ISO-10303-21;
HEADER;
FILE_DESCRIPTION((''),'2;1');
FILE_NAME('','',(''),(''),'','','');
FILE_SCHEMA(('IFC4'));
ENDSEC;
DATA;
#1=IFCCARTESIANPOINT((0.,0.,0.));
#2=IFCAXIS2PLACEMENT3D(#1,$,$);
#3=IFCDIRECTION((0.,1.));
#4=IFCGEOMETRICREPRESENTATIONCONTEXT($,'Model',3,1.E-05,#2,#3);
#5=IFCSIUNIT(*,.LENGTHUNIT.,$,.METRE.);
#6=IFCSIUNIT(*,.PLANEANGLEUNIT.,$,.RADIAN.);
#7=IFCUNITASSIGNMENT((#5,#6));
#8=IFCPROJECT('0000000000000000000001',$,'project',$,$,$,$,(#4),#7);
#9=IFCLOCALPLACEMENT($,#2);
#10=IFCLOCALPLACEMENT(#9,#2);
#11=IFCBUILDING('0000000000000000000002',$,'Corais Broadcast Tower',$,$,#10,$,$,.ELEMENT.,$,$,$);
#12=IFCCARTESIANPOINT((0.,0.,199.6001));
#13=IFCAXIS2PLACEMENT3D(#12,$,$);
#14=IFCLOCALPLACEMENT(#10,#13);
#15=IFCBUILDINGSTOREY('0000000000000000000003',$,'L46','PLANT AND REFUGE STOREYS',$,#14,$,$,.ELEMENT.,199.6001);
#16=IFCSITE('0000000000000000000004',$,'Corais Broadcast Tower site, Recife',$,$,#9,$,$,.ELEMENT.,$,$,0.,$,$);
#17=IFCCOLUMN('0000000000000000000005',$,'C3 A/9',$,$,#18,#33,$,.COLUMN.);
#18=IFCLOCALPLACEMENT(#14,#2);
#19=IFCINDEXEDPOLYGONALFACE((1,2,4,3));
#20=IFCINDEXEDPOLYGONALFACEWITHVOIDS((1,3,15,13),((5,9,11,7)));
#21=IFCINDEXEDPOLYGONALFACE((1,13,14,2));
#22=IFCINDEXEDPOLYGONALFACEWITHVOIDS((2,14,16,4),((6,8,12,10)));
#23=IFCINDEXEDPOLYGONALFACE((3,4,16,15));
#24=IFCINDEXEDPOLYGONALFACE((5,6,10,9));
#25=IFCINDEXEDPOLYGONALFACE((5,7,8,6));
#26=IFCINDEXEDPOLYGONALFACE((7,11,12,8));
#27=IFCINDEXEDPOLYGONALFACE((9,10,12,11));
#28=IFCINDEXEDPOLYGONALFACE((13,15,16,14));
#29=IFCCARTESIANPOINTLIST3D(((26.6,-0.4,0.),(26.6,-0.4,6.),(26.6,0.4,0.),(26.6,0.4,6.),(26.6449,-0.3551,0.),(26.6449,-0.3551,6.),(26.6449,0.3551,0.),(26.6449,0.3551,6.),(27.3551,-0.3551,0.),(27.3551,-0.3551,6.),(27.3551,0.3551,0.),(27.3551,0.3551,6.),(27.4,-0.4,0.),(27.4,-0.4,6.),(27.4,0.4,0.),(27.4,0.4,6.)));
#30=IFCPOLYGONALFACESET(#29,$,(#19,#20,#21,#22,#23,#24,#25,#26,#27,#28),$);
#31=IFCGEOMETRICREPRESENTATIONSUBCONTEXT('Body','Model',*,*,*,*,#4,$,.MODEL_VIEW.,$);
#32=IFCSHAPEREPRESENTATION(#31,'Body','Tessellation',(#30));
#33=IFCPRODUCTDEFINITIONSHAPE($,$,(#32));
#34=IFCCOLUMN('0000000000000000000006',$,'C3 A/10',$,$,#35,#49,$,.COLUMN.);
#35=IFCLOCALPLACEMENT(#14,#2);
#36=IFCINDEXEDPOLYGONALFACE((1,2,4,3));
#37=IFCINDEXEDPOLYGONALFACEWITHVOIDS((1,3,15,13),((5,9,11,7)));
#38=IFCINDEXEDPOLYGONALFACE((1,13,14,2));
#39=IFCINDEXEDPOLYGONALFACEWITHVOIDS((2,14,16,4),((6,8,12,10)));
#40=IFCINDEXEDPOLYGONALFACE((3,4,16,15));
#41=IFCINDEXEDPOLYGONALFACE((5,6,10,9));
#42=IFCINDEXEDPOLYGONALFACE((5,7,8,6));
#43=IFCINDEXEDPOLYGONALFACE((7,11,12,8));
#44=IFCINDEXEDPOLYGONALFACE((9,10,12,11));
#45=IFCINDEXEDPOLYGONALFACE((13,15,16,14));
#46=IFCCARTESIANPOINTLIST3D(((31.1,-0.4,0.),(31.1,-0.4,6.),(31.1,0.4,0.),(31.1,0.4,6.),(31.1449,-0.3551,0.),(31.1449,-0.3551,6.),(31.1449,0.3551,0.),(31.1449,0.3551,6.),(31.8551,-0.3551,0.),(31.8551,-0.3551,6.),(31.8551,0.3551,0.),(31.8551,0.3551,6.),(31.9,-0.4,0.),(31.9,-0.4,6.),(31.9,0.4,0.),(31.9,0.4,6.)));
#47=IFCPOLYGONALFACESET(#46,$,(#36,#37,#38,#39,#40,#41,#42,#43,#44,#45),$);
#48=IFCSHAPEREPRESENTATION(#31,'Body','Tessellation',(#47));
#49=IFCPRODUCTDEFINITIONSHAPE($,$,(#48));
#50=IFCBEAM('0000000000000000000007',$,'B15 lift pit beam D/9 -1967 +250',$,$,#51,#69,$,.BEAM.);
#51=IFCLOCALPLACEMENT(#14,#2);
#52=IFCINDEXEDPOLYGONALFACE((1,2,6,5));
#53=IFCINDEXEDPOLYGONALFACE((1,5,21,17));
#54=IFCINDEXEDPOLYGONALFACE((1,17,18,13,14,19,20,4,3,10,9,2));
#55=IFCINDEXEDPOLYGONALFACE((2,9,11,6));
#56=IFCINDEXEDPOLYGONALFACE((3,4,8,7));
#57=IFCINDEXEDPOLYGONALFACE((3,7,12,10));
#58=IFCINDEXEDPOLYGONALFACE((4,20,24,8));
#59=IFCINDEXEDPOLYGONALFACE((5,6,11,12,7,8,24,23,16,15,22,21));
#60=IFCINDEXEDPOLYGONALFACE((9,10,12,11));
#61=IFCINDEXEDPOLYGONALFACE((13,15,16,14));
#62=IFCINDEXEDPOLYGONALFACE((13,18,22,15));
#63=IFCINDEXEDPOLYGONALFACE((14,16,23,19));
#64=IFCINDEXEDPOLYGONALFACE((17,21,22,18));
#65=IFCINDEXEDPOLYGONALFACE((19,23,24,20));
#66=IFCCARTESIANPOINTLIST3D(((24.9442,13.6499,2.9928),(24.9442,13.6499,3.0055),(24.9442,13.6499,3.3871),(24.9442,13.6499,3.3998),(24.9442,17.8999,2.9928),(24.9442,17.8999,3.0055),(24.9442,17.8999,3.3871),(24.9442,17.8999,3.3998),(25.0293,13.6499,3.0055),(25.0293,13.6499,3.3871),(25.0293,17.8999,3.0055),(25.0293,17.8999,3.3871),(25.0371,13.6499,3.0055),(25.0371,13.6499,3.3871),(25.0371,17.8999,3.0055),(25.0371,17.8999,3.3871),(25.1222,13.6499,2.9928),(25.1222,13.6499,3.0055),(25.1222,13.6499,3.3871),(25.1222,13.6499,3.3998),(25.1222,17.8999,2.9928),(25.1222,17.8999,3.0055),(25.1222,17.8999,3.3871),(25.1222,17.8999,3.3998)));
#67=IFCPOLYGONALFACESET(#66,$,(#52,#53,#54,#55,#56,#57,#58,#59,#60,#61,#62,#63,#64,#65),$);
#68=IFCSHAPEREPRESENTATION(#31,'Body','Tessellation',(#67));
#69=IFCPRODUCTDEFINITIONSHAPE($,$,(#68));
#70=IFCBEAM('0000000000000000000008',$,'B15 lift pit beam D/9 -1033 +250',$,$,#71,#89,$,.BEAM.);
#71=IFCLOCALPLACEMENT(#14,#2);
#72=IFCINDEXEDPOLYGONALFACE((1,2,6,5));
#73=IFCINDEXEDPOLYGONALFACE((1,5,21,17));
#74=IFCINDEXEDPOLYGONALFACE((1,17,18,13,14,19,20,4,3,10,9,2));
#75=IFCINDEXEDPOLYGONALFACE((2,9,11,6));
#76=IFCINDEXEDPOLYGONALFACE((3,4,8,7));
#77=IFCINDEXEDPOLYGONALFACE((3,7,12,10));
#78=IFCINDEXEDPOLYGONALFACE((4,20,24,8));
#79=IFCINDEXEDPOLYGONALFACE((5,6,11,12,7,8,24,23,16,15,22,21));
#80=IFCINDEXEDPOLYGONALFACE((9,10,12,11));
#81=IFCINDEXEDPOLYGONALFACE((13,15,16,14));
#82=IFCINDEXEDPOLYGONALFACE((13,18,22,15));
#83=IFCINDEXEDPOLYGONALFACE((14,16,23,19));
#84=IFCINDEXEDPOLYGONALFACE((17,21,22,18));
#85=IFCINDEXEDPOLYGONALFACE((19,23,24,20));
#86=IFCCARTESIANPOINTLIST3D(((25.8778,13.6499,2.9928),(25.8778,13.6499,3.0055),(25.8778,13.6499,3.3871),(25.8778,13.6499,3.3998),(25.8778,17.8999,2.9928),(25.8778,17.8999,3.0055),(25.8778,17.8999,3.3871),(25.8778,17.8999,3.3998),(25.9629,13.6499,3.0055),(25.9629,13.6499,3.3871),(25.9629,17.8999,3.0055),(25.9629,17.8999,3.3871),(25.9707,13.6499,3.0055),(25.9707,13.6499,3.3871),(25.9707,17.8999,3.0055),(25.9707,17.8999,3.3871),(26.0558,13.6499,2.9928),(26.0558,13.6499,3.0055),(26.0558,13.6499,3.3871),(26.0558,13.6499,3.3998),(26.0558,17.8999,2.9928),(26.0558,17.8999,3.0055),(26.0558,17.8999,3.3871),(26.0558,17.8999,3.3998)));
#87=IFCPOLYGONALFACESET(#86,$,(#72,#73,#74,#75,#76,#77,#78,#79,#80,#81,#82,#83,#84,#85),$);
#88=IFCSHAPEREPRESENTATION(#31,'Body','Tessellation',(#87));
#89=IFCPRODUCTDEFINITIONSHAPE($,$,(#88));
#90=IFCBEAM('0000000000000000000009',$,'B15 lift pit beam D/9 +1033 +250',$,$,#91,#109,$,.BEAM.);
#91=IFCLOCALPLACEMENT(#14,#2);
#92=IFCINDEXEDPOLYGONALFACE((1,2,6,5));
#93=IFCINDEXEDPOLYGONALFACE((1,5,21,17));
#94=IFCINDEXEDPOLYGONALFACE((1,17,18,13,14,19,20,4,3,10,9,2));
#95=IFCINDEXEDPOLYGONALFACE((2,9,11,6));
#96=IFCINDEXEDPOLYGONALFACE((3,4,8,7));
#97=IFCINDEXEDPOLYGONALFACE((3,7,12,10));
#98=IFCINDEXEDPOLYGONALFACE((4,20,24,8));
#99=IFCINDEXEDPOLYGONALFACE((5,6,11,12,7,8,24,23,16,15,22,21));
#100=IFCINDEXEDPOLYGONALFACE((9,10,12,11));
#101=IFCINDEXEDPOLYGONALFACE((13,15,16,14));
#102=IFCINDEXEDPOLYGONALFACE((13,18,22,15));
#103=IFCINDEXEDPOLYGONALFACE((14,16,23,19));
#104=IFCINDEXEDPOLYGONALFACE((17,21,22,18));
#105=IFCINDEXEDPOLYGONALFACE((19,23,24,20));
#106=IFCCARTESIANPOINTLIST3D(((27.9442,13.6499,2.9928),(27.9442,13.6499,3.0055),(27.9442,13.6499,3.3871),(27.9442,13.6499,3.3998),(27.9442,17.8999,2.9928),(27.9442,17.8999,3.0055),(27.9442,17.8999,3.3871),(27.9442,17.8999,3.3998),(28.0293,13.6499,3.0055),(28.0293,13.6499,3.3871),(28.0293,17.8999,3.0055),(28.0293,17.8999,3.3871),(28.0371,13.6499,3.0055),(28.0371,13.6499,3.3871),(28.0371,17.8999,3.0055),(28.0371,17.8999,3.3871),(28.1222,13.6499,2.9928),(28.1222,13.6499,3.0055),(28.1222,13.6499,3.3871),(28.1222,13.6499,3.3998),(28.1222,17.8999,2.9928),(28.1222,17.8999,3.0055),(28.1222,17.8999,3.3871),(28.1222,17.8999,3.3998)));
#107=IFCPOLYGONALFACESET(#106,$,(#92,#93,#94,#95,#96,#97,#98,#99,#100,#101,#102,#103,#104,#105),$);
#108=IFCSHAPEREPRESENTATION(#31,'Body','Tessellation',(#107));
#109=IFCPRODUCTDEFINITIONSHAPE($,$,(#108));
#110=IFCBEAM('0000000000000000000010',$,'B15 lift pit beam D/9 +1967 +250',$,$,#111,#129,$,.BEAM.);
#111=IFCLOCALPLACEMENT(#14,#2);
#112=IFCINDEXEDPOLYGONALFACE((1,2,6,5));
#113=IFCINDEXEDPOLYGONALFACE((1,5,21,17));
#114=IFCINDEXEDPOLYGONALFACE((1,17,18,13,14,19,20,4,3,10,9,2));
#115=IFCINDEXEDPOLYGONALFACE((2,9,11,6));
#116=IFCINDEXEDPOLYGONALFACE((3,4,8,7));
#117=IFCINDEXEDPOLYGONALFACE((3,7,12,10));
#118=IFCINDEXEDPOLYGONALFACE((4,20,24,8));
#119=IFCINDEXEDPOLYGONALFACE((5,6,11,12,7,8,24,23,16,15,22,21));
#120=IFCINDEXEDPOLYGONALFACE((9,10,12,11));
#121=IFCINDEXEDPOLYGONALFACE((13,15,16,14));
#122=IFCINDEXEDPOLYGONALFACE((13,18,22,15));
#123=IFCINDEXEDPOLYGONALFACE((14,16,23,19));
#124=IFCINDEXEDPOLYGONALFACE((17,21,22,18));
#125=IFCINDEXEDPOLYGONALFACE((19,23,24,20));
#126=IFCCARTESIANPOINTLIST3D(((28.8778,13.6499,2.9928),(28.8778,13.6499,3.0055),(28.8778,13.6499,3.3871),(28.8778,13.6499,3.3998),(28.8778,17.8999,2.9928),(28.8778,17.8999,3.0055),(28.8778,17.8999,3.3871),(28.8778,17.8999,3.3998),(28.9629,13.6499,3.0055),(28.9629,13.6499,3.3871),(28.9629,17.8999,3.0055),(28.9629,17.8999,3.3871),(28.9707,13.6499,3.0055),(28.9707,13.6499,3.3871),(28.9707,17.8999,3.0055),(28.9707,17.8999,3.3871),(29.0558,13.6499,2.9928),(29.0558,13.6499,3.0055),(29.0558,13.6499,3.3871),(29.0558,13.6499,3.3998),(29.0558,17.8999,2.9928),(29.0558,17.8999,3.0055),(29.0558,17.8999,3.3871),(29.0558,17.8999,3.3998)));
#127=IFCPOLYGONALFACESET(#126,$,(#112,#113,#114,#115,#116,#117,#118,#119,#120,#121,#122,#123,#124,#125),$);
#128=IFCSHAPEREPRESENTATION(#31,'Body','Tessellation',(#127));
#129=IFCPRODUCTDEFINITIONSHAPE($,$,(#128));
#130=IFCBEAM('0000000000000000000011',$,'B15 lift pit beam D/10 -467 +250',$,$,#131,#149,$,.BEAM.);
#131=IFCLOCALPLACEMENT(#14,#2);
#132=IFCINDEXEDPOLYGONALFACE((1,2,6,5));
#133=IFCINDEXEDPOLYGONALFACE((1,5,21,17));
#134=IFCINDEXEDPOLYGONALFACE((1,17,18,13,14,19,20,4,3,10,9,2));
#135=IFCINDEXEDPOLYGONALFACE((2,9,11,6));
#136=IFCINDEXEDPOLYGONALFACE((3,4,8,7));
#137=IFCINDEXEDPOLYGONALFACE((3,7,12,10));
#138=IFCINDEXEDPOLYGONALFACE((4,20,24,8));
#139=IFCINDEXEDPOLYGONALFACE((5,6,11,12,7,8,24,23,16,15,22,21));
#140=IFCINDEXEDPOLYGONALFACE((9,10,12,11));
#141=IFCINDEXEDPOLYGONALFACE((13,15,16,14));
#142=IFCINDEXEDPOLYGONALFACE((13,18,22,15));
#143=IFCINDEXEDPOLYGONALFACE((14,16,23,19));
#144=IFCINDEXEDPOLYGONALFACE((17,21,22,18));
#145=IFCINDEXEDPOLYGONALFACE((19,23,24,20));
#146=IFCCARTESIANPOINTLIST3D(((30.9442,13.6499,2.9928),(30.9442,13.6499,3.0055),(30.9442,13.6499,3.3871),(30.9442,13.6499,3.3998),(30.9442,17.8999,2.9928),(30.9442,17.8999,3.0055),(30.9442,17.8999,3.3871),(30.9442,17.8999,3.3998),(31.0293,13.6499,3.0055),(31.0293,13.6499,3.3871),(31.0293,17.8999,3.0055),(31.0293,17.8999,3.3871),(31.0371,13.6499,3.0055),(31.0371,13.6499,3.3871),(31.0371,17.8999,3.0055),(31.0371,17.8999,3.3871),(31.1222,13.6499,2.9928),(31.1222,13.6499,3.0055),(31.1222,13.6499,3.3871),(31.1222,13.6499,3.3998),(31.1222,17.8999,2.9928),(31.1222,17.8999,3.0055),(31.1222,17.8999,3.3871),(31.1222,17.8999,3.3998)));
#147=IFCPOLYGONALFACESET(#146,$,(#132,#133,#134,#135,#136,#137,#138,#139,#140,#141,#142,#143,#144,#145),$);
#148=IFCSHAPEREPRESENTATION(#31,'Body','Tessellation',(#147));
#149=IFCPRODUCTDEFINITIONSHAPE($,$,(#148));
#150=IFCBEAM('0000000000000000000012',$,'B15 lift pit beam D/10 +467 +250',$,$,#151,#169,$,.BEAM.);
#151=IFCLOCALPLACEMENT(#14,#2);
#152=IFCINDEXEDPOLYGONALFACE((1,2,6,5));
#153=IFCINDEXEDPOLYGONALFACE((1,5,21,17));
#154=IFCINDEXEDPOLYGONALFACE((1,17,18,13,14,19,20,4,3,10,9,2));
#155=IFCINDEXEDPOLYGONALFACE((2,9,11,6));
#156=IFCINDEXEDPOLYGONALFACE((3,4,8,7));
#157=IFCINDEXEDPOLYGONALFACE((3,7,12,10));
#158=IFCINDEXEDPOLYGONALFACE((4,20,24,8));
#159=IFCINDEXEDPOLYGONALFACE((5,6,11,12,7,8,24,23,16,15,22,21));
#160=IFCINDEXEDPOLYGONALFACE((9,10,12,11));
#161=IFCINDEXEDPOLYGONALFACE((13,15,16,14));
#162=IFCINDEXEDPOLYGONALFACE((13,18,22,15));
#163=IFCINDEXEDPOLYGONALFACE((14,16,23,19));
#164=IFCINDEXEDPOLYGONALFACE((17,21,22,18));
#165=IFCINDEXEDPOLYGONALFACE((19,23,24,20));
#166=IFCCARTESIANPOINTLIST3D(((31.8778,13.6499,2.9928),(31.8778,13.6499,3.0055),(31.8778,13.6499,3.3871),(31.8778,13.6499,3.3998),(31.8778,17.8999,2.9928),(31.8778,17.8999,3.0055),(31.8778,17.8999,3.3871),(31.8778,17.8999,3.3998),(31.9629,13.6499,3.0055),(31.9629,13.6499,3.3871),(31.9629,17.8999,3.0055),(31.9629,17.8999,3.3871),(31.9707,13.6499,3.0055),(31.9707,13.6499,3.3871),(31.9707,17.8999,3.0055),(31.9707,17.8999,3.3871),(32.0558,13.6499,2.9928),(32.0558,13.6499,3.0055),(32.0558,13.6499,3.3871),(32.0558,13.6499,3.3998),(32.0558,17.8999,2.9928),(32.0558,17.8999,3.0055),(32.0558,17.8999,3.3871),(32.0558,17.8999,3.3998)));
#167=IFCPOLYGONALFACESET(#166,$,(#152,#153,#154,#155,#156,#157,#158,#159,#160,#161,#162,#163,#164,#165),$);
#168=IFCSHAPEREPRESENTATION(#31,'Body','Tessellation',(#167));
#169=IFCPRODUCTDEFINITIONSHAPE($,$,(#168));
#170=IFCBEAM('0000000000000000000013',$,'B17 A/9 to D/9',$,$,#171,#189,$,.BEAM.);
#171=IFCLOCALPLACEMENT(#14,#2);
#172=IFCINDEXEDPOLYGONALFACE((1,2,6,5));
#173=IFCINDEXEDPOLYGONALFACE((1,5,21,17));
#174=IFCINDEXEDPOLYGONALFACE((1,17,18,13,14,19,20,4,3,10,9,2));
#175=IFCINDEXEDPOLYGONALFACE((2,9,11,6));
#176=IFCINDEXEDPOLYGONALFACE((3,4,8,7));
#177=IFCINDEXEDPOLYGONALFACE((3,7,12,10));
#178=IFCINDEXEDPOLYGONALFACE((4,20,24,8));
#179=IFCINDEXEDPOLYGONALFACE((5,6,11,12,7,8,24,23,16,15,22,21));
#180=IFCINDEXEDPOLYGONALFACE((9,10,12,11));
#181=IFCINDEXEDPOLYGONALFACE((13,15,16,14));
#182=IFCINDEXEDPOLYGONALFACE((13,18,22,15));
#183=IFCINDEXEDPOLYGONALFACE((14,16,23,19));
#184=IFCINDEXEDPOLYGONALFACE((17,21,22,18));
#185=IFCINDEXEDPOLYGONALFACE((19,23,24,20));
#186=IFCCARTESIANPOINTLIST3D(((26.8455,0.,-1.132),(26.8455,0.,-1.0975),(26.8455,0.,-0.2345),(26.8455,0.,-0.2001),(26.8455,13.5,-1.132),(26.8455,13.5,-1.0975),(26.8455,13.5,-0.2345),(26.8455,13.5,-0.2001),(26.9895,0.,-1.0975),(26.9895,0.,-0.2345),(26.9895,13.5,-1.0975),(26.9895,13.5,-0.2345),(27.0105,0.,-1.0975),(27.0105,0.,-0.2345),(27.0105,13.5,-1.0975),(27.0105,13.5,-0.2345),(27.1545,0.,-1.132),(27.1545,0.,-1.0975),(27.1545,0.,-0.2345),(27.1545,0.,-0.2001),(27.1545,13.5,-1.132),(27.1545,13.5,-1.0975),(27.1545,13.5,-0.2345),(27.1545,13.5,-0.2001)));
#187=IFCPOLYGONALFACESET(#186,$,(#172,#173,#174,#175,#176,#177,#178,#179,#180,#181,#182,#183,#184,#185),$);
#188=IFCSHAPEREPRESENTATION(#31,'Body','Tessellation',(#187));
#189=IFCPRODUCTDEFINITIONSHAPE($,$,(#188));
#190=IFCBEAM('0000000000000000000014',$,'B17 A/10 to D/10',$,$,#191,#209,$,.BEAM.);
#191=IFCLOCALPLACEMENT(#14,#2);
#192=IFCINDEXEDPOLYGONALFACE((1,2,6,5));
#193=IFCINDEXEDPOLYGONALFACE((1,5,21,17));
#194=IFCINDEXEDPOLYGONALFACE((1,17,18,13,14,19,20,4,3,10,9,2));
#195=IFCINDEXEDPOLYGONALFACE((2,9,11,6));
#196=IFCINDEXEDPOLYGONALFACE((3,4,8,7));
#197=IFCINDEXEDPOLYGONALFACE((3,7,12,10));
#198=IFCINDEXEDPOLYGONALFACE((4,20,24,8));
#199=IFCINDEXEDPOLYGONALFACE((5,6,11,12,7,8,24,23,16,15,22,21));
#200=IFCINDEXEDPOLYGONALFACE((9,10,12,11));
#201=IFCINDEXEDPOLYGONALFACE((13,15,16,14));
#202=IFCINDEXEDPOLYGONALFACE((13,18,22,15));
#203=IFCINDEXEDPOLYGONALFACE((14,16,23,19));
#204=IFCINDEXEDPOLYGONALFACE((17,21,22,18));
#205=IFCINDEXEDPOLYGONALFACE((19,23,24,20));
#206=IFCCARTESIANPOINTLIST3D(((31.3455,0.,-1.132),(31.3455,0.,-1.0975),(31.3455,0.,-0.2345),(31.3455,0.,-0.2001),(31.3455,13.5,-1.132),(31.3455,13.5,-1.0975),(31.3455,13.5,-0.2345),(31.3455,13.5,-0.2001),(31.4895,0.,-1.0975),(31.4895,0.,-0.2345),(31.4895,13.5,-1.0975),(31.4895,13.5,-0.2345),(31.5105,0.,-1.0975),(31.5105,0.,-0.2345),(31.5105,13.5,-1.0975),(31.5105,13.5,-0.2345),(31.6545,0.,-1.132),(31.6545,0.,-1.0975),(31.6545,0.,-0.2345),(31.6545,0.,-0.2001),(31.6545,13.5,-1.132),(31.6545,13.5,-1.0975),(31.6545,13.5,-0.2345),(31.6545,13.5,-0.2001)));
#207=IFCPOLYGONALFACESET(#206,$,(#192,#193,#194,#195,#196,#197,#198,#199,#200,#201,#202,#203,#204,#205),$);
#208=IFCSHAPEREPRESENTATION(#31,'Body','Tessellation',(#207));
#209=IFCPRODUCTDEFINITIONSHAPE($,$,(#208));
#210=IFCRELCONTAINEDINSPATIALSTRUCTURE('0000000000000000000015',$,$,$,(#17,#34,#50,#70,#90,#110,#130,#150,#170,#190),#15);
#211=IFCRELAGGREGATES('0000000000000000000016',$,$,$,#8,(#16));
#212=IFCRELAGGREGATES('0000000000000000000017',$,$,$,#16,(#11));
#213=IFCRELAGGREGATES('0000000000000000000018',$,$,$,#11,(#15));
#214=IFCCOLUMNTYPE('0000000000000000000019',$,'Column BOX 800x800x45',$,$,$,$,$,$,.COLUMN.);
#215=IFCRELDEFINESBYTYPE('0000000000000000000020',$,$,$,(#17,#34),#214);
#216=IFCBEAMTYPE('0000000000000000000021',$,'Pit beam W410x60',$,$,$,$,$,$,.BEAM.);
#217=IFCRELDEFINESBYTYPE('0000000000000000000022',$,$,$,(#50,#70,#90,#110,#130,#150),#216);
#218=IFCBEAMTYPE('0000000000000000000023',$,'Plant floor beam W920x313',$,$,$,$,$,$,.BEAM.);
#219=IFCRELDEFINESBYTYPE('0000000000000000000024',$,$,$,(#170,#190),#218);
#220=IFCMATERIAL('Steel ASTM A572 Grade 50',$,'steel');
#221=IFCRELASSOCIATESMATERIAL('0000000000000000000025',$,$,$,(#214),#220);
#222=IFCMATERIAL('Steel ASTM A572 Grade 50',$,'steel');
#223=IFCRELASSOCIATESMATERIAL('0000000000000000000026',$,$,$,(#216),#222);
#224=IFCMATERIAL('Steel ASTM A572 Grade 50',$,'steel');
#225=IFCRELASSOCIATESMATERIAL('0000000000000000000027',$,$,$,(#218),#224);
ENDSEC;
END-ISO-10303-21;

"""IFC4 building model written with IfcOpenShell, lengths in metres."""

from ifc_helpers import new_model, si_unit, direction, frame, origin, origin_2d, place, context, subcontext, project, spatial, hollow_rectangle, i_section, extrude, material, material_profile, profile_set, type_object, element, save


model = new_model("IFC4")

# Units and contexts
model_context = context("Model", 3, precision=1e-05, world=origin(), true_north=direction((0.0, 1.0)))
body_context = subcontext(model_context, "Body", "Model", "MODEL_VIEW")
ifc_project = project(units=[si_unit("LENGTHUNIT", "METRE"), si_unit("PLANEANGLEUNIT", "RADIAN")], contexts=[model_context])

# Site, building, storey
site_placement = place(None, origin())
site = spatial("IfcSite", under=ifc_project, at=site_placement, Name="Corais Broadcast Tower site, Recife", CompositionType="ELEMENT", RefElevation=0.0)
building_placement = place(site_placement, origin())
building = spatial("IfcBuilding", under=site, at=building_placement, Name="Corais Broadcast Tower", CompositionType="ELEMENT")
storey_placement = place(building_placement, frame((0.0, 0.0, 199.6001)))
storey = spatial("IfcBuildingStorey", under=building, at=storey_placement, Name="L46", Description="PLANT AND REFUGE STOREYS", CompositionType="ELEMENT", Elevation=199.6001)

# Columns
ifc_material_1 = material(Name="Steel ASTM A572 Grade 50", Category="steel")
ifc_material_profile_1 = material_profile(ifc_material_1, hollow_rectangle(XDim=0.8, YDim=0.8, WallThickness=0.0449, at=origin_2d()), Name="BOX 800x800x45")
ifc_profile_set_1 = profile_set([ifc_material_profile_1], Name="Steel ASTM A572 Grade 50")
column_type = type_object("IfcColumnType", Name="Column BOX 800x800x45", PredefinedType="COLUMN", material=ifc_profile_set_1)
for number, where, z_axis, x_axis, name in (
    (1, (27.0, 0.0, 0.0), (0.0, 0.0, 1.0), (1.0, 0.0, 0.0), "C3 A/9"),
    (2, (31.5, 0.0, 0.0), (0.0, 0.0, 1.0), (1.0, 0.0, 0.0), "C3 A/10"),
):
    element("IfcColumn", number, at=place(storey_placement, frame(where, z_axis=z_axis, x_axis=x_axis)), inside=storey, type_object=column_type, Name=name, PredefinedType="COLUMN", context=body_context, shape_type="SweptSolid", body=[
        extrude(hollow_rectangle(XDim=0.8, YDim=0.8, WallThickness=0.0449, at=origin_2d()), origin(), (0.0, 0.0, 1.0), 6.0),
    ])

# Beams
ifc_material_2 = material(Name="Steel ASTM A572 Grade 50", Category="steel")
ifc_material_profile_2 = material_profile(ifc_material_2, i_section(OverallWidth=0.178, OverallDepth=0.407, WebThickness=0.0078, FlangeThickness=0.0127, at=origin_2d()), Name="W410x60")
ifc_profile_set_2 = profile_set([ifc_material_profile_2], Name="Steel ASTM A572 Grade 50")
beam_type_1 = type_object("IfcBeamType", Name="Pit beam W410x60", PredefinedType="BEAM", material=ifc_profile_set_2)
for number, where, z_axis, x_axis, name in (
    (3, (25.0332, 13.6499, 3.1963), (0.0, 1.0, 0.0), (-1.0, 0.0, 0.0), "B15 lift pit beam D/9 -1967 +250"),
    (4, (25.9668, 13.6499, 3.1963), (0.0, 1.0, 0.0), (-1.0, 0.0, 0.0), "B15 lift pit beam D/9 -1033 +250"),
    (5, (28.0332, 13.6499, 3.1963), (0.0, 1.0, 0.0), (-1.0, 0.0, 0.0), "B15 lift pit beam D/9 +1033 +250"),
    (6, (28.9668, 13.6499, 3.1963), (0.0, 1.0, 0.0), (-1.0, 0.0, 0.0), "B15 lift pit beam D/9 +1967 +250"),
    (7, (31.0332, 13.6499, 3.1963), (0.0, 1.0, 0.0), (-1.0, 0.0, 0.0), "B15 lift pit beam D/10 -467 +250"),
    (8, (31.9668, 13.6499, 3.1963), (0.0, 1.0, 0.0), (-1.0, 0.0, 0.0), "B15 lift pit beam D/10 +467 +250"),
):
    element("IfcBeam", number, at=place(storey_placement, frame(where, z_axis=z_axis, x_axis=x_axis)), inside=storey, type_object=beam_type_1, Name=name, PredefinedType="BEAM", context=body_context, shape_type="SweptSolid", body=[
        extrude(i_section(OverallWidth=0.178, OverallDepth=0.407, WebThickness=0.0078, FlangeThickness=0.0127, at=origin_2d()), origin(), (0.0, 0.0, 1.0), 4.25),
    ])
ifc_material_3 = material(Name="Steel ASTM A572 Grade 50", Category="steel")
ifc_material_profile_3 = material_profile(ifc_material_3, i_section(OverallWidth=0.3091, OverallDepth=0.9319, WebThickness=0.021, FlangeThickness=0.0344, at=origin_2d()), Name="W920x313")
ifc_profile_set_3 = profile_set([ifc_material_profile_3], Name="Steel ASTM A572 Grade 50")
beam_type_2 = type_object("IfcBeamType", Name="Plant floor beam W920x313", PredefinedType="BEAM", material=ifc_profile_set_3)
for number, where, z_axis, x_axis, name in (
    (9, (27.0, 0.0, -0.666), (0.0, 1.0, 0.0), (-1.0, 0.0, 0.0), "B17 A/9 to D/9"),
    (10, (31.5, 0.0, -0.666), (0.0, 1.0, 0.0), (-1.0, 0.0, 0.0), "B17 A/10 to D/10"),
):
    element("IfcBeam", number, at=place(storey_placement, frame(where, z_axis=z_axis, x_axis=x_axis)), inside=storey, type_object=beam_type_2, Name=name, PredefinedType="BEAM", context=body_context, shape_type="SweptSolid", body=[
        extrude(i_section(OverallWidth=0.3091, OverallDepth=0.9319, WebThickness=0.021, FlangeThickness=0.0344, at=origin_2d()), origin(), (0.0, 0.0, 1.0), 13.5),
    ])

save(model, "model.ifc")
